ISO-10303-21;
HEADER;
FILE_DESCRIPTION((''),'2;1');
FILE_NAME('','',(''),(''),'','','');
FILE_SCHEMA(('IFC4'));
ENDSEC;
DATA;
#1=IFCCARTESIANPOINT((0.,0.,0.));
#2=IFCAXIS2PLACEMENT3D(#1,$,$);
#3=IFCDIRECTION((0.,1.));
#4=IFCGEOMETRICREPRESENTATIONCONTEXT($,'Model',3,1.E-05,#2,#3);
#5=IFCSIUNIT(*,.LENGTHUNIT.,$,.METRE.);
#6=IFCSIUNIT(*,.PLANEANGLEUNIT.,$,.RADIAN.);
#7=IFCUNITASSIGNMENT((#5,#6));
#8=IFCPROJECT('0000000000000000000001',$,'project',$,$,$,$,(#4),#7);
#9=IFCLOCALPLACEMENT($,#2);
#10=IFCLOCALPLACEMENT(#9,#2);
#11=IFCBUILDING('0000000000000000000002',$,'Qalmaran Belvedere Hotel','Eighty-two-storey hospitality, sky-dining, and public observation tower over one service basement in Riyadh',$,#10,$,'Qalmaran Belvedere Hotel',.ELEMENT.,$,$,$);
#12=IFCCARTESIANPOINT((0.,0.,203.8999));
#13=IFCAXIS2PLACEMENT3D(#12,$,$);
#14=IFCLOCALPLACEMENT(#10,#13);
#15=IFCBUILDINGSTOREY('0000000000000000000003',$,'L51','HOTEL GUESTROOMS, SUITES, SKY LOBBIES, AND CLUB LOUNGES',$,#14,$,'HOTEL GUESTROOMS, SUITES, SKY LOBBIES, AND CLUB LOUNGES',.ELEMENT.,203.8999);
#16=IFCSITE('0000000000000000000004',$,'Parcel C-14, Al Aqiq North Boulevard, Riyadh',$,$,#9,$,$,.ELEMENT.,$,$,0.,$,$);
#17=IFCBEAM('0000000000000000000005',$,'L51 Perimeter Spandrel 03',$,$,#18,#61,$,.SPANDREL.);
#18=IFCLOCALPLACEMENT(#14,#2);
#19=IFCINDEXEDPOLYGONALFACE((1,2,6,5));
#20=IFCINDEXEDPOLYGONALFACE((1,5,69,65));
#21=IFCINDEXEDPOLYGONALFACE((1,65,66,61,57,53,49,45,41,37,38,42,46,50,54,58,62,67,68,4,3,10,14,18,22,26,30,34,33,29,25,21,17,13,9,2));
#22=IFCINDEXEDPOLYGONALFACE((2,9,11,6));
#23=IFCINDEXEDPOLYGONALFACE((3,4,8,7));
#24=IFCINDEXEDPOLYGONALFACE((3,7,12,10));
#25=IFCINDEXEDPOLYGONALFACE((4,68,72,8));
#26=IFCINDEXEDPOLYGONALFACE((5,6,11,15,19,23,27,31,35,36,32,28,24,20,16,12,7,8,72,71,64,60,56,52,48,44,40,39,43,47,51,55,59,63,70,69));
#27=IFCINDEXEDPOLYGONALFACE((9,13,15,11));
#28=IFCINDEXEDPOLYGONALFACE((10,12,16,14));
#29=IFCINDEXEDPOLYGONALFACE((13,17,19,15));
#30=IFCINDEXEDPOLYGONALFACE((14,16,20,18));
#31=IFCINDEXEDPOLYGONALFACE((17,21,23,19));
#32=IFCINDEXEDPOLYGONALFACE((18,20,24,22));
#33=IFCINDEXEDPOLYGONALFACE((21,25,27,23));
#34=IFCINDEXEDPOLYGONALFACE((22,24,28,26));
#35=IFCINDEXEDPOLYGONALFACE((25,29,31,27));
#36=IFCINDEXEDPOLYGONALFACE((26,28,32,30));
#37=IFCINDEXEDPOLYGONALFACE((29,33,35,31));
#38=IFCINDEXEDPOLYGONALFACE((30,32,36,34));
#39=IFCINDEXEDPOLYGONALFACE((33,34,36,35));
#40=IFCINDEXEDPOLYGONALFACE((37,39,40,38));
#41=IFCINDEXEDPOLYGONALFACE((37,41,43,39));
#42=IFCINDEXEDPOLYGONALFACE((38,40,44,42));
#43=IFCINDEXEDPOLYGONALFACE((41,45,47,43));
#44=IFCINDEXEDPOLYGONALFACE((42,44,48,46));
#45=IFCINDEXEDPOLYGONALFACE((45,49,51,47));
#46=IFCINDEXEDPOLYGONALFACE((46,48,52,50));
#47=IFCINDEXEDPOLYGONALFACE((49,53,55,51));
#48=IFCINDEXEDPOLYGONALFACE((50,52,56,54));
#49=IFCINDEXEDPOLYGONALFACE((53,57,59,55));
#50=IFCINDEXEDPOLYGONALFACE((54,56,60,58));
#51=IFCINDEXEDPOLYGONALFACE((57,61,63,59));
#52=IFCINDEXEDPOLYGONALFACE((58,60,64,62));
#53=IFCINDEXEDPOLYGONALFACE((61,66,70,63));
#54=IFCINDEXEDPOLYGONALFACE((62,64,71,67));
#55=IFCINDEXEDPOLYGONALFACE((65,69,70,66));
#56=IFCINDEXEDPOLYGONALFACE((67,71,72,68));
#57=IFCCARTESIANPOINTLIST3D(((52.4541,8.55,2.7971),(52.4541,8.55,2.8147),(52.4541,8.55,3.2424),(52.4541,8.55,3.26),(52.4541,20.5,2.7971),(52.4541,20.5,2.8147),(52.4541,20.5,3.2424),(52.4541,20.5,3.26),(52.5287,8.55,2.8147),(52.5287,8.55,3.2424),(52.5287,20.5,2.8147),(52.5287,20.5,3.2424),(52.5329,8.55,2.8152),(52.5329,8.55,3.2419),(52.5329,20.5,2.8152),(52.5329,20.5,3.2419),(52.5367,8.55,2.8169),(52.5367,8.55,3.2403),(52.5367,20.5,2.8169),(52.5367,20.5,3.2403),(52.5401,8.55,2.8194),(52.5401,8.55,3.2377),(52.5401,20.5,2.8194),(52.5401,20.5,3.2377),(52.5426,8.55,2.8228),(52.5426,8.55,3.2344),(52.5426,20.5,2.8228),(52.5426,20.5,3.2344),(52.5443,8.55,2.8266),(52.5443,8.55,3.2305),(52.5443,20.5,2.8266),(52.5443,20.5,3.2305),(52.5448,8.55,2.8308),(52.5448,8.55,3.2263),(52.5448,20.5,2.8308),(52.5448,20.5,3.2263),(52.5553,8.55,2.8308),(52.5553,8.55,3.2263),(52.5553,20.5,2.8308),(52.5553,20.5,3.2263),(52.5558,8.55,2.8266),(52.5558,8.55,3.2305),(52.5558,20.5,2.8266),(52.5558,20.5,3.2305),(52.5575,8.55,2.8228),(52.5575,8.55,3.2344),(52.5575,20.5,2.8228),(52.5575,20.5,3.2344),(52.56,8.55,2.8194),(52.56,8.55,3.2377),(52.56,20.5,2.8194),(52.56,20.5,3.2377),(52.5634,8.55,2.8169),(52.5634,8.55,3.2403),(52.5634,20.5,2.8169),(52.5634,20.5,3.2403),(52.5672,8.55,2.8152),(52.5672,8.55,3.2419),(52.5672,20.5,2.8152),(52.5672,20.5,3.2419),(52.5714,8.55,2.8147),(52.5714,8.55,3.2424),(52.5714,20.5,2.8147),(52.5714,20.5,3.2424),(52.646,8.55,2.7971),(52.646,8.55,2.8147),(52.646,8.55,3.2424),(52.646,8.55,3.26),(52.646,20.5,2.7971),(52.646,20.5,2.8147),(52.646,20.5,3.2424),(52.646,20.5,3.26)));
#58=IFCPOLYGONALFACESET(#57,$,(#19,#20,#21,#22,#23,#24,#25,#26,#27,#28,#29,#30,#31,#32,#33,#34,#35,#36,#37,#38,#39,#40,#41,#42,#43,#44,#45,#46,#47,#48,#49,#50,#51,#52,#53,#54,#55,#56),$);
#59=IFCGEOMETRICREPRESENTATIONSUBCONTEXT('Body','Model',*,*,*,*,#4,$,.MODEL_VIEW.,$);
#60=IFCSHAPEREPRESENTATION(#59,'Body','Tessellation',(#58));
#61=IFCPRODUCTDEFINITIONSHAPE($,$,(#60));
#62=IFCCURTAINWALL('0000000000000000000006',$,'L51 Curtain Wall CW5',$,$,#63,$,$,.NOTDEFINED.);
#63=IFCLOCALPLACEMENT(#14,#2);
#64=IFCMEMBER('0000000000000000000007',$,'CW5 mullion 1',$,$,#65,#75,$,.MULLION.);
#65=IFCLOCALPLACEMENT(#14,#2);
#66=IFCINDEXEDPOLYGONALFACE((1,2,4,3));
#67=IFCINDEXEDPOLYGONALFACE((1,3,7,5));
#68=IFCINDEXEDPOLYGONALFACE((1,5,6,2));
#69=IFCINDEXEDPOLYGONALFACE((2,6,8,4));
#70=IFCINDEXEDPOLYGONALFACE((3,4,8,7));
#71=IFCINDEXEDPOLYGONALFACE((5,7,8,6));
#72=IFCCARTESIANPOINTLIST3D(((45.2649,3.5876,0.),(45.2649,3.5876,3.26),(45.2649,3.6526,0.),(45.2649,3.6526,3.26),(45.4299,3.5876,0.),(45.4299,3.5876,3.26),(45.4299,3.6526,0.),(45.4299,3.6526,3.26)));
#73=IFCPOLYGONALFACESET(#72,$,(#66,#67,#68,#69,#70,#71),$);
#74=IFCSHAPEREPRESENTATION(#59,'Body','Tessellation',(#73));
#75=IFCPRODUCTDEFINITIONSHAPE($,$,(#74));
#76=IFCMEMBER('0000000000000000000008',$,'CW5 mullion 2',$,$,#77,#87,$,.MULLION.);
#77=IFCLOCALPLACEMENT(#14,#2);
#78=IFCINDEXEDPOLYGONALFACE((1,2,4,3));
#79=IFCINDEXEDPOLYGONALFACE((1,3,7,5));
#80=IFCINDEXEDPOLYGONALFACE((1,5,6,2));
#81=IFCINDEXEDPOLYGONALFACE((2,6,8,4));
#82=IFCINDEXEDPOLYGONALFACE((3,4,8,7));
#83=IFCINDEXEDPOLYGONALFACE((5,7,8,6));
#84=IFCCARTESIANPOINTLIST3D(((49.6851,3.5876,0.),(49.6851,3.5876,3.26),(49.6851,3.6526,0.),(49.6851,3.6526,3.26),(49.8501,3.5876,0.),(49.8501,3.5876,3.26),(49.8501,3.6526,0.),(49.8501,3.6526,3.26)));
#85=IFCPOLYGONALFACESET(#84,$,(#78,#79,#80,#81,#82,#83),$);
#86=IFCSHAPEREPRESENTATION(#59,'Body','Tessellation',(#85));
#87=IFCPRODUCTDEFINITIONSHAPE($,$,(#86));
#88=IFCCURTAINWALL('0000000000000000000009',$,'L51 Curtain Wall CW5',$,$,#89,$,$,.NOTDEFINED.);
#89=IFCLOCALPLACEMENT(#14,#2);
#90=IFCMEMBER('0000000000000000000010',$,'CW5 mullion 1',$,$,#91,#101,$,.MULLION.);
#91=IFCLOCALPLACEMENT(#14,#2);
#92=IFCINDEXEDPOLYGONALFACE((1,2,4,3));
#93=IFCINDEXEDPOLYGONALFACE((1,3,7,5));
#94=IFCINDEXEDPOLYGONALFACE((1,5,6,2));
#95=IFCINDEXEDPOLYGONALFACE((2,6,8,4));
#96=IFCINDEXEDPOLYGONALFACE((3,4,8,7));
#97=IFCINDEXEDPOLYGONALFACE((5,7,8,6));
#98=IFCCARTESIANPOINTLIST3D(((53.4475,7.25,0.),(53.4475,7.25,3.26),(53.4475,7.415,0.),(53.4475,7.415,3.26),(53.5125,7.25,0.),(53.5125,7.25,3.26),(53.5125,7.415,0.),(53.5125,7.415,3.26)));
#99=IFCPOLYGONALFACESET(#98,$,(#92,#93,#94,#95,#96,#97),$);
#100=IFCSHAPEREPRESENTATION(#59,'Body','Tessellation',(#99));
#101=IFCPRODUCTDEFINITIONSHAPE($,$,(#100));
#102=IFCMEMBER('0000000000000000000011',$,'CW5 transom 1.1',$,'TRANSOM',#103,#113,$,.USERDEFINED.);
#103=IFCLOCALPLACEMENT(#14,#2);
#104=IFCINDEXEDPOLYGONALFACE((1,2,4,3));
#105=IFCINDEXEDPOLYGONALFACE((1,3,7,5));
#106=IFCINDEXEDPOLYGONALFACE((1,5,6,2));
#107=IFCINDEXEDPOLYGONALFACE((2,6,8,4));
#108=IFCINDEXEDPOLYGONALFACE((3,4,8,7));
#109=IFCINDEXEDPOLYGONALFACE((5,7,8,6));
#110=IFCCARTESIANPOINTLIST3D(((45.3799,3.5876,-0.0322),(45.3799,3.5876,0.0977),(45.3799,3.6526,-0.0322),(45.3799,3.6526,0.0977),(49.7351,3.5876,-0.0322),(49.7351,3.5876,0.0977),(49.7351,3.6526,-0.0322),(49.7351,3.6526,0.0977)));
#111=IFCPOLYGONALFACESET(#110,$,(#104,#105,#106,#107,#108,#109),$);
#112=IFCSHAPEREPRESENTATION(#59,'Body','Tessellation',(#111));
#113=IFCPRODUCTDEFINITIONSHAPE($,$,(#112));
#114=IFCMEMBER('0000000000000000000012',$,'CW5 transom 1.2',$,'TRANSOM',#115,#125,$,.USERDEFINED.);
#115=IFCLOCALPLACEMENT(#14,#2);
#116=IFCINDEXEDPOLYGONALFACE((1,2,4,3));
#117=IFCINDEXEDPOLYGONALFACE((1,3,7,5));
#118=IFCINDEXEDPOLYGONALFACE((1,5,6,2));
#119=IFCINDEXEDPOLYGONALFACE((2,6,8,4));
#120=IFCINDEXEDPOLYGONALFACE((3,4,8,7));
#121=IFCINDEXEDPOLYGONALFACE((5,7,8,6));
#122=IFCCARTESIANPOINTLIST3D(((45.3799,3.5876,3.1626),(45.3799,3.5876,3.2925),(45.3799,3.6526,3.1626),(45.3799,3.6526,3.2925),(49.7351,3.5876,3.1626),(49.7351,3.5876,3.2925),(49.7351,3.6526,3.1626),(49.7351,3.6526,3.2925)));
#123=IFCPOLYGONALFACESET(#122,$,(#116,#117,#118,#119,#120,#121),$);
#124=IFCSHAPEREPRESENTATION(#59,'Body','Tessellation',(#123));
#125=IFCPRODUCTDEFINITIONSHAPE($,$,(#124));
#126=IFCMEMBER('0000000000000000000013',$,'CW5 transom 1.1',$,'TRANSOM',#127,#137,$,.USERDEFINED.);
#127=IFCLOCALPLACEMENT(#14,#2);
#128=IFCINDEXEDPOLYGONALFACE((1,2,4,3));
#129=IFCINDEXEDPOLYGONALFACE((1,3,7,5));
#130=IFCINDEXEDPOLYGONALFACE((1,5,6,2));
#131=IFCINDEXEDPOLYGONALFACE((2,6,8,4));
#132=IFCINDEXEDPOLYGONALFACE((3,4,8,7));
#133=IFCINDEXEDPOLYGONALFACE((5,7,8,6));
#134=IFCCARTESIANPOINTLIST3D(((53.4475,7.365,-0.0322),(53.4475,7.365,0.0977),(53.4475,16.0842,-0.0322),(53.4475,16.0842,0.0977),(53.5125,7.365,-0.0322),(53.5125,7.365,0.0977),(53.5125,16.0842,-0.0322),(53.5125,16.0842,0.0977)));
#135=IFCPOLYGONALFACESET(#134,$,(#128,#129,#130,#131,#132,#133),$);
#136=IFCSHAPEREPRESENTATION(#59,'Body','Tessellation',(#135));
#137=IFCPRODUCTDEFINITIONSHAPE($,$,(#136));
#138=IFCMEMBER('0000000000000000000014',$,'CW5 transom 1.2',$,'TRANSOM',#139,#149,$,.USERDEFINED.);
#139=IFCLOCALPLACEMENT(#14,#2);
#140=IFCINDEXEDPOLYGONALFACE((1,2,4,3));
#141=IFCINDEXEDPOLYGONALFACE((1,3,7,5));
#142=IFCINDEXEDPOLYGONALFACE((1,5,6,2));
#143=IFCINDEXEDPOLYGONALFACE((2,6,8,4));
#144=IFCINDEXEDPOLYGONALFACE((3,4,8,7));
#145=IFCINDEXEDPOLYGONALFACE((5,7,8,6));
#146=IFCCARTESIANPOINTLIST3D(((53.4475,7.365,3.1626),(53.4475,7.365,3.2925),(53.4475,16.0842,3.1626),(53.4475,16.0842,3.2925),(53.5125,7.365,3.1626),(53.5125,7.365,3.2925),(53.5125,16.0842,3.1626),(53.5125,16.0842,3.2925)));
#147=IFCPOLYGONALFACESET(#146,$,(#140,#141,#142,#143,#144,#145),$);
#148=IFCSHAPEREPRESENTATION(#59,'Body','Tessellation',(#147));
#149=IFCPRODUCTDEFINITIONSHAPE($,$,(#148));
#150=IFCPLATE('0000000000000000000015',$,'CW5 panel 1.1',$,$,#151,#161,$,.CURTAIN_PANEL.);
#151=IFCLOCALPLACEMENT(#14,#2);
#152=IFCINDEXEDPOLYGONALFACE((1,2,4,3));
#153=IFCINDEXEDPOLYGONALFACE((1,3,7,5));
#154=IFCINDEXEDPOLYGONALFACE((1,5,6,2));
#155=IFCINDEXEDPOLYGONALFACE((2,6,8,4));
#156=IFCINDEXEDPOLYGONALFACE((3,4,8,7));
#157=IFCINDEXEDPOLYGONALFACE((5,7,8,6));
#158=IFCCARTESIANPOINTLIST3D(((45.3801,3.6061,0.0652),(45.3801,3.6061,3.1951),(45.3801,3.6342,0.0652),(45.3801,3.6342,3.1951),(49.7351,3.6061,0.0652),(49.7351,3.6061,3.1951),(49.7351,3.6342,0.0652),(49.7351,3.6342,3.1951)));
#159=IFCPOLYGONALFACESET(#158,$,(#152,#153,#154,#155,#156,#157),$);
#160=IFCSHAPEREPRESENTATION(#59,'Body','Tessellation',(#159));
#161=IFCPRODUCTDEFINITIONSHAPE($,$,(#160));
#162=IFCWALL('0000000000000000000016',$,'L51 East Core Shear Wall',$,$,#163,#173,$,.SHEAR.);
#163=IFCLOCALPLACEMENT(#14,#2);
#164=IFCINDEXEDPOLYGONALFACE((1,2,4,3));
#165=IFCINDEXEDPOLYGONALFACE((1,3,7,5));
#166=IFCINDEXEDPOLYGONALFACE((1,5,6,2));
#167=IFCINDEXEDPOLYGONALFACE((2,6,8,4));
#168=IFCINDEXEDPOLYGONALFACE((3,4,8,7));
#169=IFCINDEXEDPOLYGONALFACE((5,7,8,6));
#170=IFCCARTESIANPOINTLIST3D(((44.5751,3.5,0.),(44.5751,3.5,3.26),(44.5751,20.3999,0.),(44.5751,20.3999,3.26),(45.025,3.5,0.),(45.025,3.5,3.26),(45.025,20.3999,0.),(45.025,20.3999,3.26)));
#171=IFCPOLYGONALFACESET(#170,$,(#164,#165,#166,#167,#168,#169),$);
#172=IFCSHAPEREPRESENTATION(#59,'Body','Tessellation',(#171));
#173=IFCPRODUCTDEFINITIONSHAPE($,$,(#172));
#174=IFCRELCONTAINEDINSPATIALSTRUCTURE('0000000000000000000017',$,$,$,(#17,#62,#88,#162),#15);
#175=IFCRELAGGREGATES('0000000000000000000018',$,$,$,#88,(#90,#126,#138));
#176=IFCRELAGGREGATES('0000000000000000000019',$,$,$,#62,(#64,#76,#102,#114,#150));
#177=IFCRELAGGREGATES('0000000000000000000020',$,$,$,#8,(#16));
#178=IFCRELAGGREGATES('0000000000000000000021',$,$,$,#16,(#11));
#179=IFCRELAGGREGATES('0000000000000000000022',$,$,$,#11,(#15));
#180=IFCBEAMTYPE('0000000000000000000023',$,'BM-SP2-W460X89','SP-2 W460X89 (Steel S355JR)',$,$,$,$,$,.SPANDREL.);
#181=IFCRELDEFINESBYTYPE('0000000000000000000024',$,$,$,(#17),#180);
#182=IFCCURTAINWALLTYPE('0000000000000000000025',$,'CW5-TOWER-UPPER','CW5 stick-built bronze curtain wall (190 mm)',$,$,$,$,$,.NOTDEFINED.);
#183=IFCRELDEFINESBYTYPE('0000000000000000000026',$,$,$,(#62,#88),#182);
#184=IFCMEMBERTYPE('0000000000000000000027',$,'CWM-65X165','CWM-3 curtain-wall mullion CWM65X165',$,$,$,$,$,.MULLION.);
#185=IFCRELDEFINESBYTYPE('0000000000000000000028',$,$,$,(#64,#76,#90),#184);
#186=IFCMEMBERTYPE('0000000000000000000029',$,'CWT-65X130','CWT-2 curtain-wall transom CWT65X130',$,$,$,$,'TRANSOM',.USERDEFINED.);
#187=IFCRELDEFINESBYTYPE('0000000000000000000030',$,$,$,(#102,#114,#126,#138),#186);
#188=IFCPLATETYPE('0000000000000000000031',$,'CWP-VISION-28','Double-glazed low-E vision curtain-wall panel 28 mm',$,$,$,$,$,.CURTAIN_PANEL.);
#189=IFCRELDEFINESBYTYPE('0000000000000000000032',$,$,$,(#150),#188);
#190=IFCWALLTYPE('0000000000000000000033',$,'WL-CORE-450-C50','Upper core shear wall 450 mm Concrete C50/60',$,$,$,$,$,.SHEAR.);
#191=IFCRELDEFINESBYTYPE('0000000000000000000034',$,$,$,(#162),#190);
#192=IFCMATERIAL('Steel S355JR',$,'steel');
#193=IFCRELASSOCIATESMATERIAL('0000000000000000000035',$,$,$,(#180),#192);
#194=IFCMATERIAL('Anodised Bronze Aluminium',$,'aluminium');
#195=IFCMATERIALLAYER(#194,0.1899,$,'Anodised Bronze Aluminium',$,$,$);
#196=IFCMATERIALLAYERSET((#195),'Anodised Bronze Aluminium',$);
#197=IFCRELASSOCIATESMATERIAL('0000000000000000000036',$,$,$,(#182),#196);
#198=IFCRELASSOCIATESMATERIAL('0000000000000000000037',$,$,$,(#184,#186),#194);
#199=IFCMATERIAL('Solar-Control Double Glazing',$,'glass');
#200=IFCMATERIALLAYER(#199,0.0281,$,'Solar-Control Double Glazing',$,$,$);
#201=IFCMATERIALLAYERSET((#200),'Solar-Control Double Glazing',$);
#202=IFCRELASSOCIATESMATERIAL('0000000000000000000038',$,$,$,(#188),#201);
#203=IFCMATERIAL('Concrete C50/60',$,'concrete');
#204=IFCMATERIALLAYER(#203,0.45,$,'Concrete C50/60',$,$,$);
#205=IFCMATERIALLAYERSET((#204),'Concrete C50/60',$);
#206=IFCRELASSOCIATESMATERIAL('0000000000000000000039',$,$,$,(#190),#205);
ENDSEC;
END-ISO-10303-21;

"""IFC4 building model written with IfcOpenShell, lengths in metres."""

from ifc_helpers import new_model, si_unit, direction, frame, frame_2d, origin, origin_2d, place, context, subcontext, project, spatial, rectangle, i_section, extrude, material, layer, layer_set, material_profile, profile_set, type_object, element, aggregate, save


model = new_model("IFC4")

# Units and contexts
model_context = context("Model", 3, precision=1e-05, world=origin(), true_north=direction((0.0, 1.0)))
body_context = subcontext(model_context, "Body", "Model", "MODEL_VIEW")
ifc_project = project(units=[si_unit("LENGTHUNIT", "METRE"), si_unit("PLANEANGLEUNIT", "RADIAN")], contexts=[model_context])

# Site, building, storey
site_placement = place(None, origin())
site = spatial("IfcSite", under=ifc_project, at=site_placement, Name="Parcel C-14, Al Aqiq North Boulevard, Riyadh", CompositionType="ELEMENT", RefElevation=0.0)
building_placement = place(site_placement, origin())
building = spatial("IfcBuilding", under=site, at=building_placement, Name="Qalmaran Belvedere Hotel", Description="Eighty-two-storey hospitality, sky-dining, and public observation tower over one service basement in Riyadh", LongName="Qalmaran Belvedere Hotel", CompositionType="ELEMENT")
storey_placement = place(building_placement, frame((0.0, 0.0, 203.8999)))
storey = spatial("IfcBuildingStorey", under=building, at=storey_placement, Name="L51", Description="HOTEL GUESTROOMS, SUITES, SKY LOBBIES, AND CLUB LOUNGES", LongName="HOTEL GUESTROOMS, SUITES, SKY LOBBIES, AND CLUB LOUNGES", CompositionType="ELEMENT", Elevation=203.8999)

# Shared definitions
ifc_material_1 = material(Name="Concrete C50/60", Category="concrete")

# Beam
ifc_material_2 = material(Name="Steel S355JR", Category="steel")
ifc_material_profile_1 = material_profile(ifc_material_2, i_section(OverallWidth=0.1919, OverallDepth=0.4629, WebThickness=0.0105, FlangeThickness=0.0176, FilletRadius=0.0161, at=origin_2d()), Name="W460X89")
ifc_profile_set_1 = profile_set([ifc_material_profile_1], Name="Steel S355JR")
beam_type_1 = type_object("IfcBeamType", Name="BM-SP2-W460X89", Description="SP-2 W460X89 (Steel S355JR)", PredefinedType="SPANDREL", material=ifc_profile_set_1)
beam_1_placement = place(storey_placement, frame((52.55, 8.55, 3.0286), z_axis=(0.0, 1.0, 0.0), x_axis=(-1.0, 0.0, 0.0)))
element("IfcBeam", 1, at=beam_1_placement, inside=storey, type_object=beam_type_1, Name="L51 Perimeter Spandrel 03", PredefinedType="SPANDREL", context=body_context, shape_type="SweptSolid", body=[
    extrude(i_section(OverallWidth=0.1919, OverallDepth=0.4629, WebThickness=0.0105, FlangeThickness=0.0176, FilletRadius=0.0161, at=origin_2d()), origin(), (0.0, 0.0, 1.0), 11.95),
])

# Curtain wall, members
ifc_material_3 = material(Name="Anodised Bronze Aluminium", Category="aluminium")
ifc_layer_1 = layer(ifc_material_3, 0.1899, Name="Anodised Bronze Aluminium")
ifc_layer_set_1 = layer_set([ifc_layer_1], Name="Anodised Bronze Aluminium")
curtain_wall_type = type_object("IfcCurtainWallType", Name="CW5-TOWER-UPPER", Description="CW5 stick-built bronze curtain wall (190 mm)", PredefinedType="NOTDEFINED", material=ifc_layer_set_1)
curtain_wall_1_placement = place(storey_placement, origin())
curtain_wall_1 = element("IfcCurtainWall", 2, at=curtain_wall_1_placement, inside=storey, type_object=curtain_wall_type, Name="L51 Curtain Wall CW5", PredefinedType="NOTDEFINED")
ifc_material_profile_2 = material_profile(ifc_material_3, rectangle(XDim=0.0649, YDim=0.165, at=origin_2d()), Name="CWM65X165")
ifc_profile_set_2 = profile_set([ifc_material_profile_2], Name="Anodised Bronze Aluminium")
member_type_1 = type_object("IfcMemberType", Name="CWM-65X165", Description="CWM-3 curtain-wall mullion CWM65X165", PredefinedType="MULLION", material=ifc_profile_set_2)
member_1_placement = place(storey_placement, frame((45.3474, 3.6201, 0.0), z_axis=(0.0, 0.0, 1.0), x_axis=(0.0, 1.0, 0.0)))
member_1 = element("IfcMember", 3, at=member_1_placement, type_object=member_type_1, Name="CW5 mullion 1", PredefinedType="MULLION", context=body_context, shape_type="SweptSolid", body=[
    extrude(rectangle(XDim=0.0649, YDim=0.165, at=origin_2d()), origin(), (0.0, 0.0, 1.0), 3.26),
])
member_2_placement = place(storey_placement, frame((49.7676, 3.6201, 0.0), z_axis=(0.0, 0.0, 1.0), x_axis=(0.0, 1.0, 0.0)))
member_2 = element("IfcMember", 4, at=member_2_placement, type_object=member_type_1, Name="CW5 mullion 2", PredefinedType="MULLION", context=body_context, shape_type="SweptSolid", body=[
    extrude(rectangle(XDim=0.0649, YDim=0.165, at=origin_2d()), origin(), (0.0, 0.0, 1.0), 3.26),
])

# Curtain wall, member
curtain_wall_2_placement = place(storey_placement, origin())
curtain_wall_2 = element("IfcCurtainWall", 5, at=curtain_wall_2_placement, inside=storey, type_object=curtain_wall_type, Name="L51 Curtain Wall CW5", PredefinedType="NOTDEFINED")
member_3_placement = place(storey_placement, frame((53.48, 7.3325, 0.0), z_axis=(0.0, 0.0, 1.0), x_axis=(-1.0, 0.0, 0.0)))
member_3 = element("IfcMember", 6, at=member_3_placement, type_object=member_type_1, Name="CW5 mullion 1", PredefinedType="MULLION", context=body_context, shape_type="SweptSolid", body=[
    extrude(rectangle(XDim=0.0649, YDim=0.165, at=origin_2d()), origin(), (0.0, 0.0, 1.0), 3.26),
])

# Members
ifc_material_profile_3 = material_profile(ifc_material_3, rectangle(XDim=0.0649, YDim=0.1299, at=origin_2d()), Name="CWT65X130")
ifc_profile_set_3 = profile_set([ifc_material_profile_3], Name="Anodised Bronze Aluminium")
member_type_2 = type_object("IfcMemberType", Name="CWT-65X130", Description="CWT-2 curtain-wall transom CWT65X130", ElementType="TRANSOM", PredefinedType="USERDEFINED", material=ifc_profile_set_3)
member_4_placement = place(storey_placement, frame((45.3799, 3.6201, 0.0327), z_axis=(1.0, 0.0, 0.0), x_axis=(0.0, 1.0, 0.0)))
member_4 = element("IfcMember", 7, at=member_4_placement, type_object=member_type_2, Name="CW5 transom 1.1", ObjectType="TRANSOM", PredefinedType="USERDEFINED", context=body_context, shape_type="SweptSolid", body=[
    extrude(rectangle(XDim=0.0649, YDim=0.1299, at=origin_2d()), origin(), (0.0, 0.0, 1.0), 4.3552),
])
member_5_placement = place(storey_placement, frame((45.3799, 3.6201, 3.2275), z_axis=(1.0, 0.0, 0.0), x_axis=(0.0, 1.0, 0.0)))
member_5 = element("IfcMember", 8, at=member_5_placement, type_object=member_type_2, Name="CW5 transom 1.2", ObjectType="TRANSOM", PredefinedType="USERDEFINED", context=body_context, shape_type="SweptSolid", body=[
    extrude(rectangle(XDim=0.0649, YDim=0.1299, at=origin_2d()), origin(), (0.0, 0.0, 1.0), 4.3552),
])
member_6_placement = place(storey_placement, frame((53.48, 7.365, 0.0327), z_axis=(0.0, 1.0, 0.0), x_axis=(-1.0, 0.0, 0.0)))
member_6 = element("IfcMember", 9, at=member_6_placement, type_object=member_type_2, Name="CW5 transom 1.1", ObjectType="TRANSOM", PredefinedType="USERDEFINED", context=body_context, shape_type="SweptSolid", body=[
    extrude(rectangle(XDim=0.0649, YDim=0.1299, at=origin_2d()), origin(), (0.0, 0.0, 1.0), 8.7192),
])
member_7_placement = place(storey_placement, frame((53.48, 7.365, 3.2275), z_axis=(0.0, 1.0, 0.0), x_axis=(-1.0, 0.0, 0.0)))
member_7 = element("IfcMember", 10, at=member_7_placement, type_object=member_type_2, Name="CW5 transom 1.2", ObjectType="TRANSOM", PredefinedType="USERDEFINED", context=body_context, shape_type="SweptSolid", body=[
    extrude(rectangle(XDim=0.0649, YDim=0.1299, at=origin_2d()), origin(), (0.0, 0.0, 1.0), 8.7192),
])
aggregate(curtain_wall_2, [member_3, member_6, member_7])

# Plate
ifc_material_4 = material(Name="Solar-Control Double Glazing", Category="glass")
ifc_layer_2 = layer(ifc_material_4, 0.0281, Name="Solar-Control Double Glazing")
ifc_layer_set_2 = layer_set([ifc_layer_2], Name="Solar-Control Double Glazing")
plate_type = type_object("IfcPlateType", Name="CWP-VISION-28", Description="Double-glazed low-E vision curtain-wall panel 28 mm", PredefinedType="CURTAIN_PANEL", material=ifc_layer_set_2)
plate_placement = place(storey_placement, frame((47.5576, 3.6201, 0.0652), z_axis=(0.0, 0.0, 1.0), x_axis=(1.0, 0.0, 0.0)))
plate = element("IfcPlate", 11, at=plate_placement, type_object=plate_type, Name="CW5 panel 1.1", PredefinedType="CURTAIN_PANEL", context=body_context, shape_type="SweptSolid", body=[
    extrude(rectangle(XDim=4.355, YDim=0.0281, at=origin_2d()), origin(), (0.0, 0.0, 1.0), 3.1299),
])
aggregate(curtain_wall_1, [member_1, member_2, member_4, member_5, plate])

# Wall
ifc_layer_3 = layer(ifc_material_1, 0.45, Name="Concrete C50/60")
ifc_layer_set_3 = layer_set([ifc_layer_3], Name="Concrete C50/60")
wall_type_1 = type_object("IfcWallType", Name="WL-CORE-450-C50", Description="Upper core shear wall 450 mm Concrete C50/60", PredefinedType="SHEAR", material=ifc_layer_set_3)
wall_1_placement = place(storey_placement, frame((44.8, 3.5, 0.0), z_axis=(0.0, 0.0, 1.0), x_axis=(0.0, 1.0, 0.0)))
element("IfcWall", 12, at=wall_1_placement, inside=storey, type_object=wall_type_1, Name="L51 East Core Shear Wall", PredefinedType="SHEAR", context=body_context, shape_type="SweptSolid", body=[
    extrude(rectangle(XDim=16.8999, YDim=0.45, at=frame_2d((8.45, 0.0))), origin(), (0.0, 0.0, 1.0), 3.26),
])

save(model, "model.ifc")
